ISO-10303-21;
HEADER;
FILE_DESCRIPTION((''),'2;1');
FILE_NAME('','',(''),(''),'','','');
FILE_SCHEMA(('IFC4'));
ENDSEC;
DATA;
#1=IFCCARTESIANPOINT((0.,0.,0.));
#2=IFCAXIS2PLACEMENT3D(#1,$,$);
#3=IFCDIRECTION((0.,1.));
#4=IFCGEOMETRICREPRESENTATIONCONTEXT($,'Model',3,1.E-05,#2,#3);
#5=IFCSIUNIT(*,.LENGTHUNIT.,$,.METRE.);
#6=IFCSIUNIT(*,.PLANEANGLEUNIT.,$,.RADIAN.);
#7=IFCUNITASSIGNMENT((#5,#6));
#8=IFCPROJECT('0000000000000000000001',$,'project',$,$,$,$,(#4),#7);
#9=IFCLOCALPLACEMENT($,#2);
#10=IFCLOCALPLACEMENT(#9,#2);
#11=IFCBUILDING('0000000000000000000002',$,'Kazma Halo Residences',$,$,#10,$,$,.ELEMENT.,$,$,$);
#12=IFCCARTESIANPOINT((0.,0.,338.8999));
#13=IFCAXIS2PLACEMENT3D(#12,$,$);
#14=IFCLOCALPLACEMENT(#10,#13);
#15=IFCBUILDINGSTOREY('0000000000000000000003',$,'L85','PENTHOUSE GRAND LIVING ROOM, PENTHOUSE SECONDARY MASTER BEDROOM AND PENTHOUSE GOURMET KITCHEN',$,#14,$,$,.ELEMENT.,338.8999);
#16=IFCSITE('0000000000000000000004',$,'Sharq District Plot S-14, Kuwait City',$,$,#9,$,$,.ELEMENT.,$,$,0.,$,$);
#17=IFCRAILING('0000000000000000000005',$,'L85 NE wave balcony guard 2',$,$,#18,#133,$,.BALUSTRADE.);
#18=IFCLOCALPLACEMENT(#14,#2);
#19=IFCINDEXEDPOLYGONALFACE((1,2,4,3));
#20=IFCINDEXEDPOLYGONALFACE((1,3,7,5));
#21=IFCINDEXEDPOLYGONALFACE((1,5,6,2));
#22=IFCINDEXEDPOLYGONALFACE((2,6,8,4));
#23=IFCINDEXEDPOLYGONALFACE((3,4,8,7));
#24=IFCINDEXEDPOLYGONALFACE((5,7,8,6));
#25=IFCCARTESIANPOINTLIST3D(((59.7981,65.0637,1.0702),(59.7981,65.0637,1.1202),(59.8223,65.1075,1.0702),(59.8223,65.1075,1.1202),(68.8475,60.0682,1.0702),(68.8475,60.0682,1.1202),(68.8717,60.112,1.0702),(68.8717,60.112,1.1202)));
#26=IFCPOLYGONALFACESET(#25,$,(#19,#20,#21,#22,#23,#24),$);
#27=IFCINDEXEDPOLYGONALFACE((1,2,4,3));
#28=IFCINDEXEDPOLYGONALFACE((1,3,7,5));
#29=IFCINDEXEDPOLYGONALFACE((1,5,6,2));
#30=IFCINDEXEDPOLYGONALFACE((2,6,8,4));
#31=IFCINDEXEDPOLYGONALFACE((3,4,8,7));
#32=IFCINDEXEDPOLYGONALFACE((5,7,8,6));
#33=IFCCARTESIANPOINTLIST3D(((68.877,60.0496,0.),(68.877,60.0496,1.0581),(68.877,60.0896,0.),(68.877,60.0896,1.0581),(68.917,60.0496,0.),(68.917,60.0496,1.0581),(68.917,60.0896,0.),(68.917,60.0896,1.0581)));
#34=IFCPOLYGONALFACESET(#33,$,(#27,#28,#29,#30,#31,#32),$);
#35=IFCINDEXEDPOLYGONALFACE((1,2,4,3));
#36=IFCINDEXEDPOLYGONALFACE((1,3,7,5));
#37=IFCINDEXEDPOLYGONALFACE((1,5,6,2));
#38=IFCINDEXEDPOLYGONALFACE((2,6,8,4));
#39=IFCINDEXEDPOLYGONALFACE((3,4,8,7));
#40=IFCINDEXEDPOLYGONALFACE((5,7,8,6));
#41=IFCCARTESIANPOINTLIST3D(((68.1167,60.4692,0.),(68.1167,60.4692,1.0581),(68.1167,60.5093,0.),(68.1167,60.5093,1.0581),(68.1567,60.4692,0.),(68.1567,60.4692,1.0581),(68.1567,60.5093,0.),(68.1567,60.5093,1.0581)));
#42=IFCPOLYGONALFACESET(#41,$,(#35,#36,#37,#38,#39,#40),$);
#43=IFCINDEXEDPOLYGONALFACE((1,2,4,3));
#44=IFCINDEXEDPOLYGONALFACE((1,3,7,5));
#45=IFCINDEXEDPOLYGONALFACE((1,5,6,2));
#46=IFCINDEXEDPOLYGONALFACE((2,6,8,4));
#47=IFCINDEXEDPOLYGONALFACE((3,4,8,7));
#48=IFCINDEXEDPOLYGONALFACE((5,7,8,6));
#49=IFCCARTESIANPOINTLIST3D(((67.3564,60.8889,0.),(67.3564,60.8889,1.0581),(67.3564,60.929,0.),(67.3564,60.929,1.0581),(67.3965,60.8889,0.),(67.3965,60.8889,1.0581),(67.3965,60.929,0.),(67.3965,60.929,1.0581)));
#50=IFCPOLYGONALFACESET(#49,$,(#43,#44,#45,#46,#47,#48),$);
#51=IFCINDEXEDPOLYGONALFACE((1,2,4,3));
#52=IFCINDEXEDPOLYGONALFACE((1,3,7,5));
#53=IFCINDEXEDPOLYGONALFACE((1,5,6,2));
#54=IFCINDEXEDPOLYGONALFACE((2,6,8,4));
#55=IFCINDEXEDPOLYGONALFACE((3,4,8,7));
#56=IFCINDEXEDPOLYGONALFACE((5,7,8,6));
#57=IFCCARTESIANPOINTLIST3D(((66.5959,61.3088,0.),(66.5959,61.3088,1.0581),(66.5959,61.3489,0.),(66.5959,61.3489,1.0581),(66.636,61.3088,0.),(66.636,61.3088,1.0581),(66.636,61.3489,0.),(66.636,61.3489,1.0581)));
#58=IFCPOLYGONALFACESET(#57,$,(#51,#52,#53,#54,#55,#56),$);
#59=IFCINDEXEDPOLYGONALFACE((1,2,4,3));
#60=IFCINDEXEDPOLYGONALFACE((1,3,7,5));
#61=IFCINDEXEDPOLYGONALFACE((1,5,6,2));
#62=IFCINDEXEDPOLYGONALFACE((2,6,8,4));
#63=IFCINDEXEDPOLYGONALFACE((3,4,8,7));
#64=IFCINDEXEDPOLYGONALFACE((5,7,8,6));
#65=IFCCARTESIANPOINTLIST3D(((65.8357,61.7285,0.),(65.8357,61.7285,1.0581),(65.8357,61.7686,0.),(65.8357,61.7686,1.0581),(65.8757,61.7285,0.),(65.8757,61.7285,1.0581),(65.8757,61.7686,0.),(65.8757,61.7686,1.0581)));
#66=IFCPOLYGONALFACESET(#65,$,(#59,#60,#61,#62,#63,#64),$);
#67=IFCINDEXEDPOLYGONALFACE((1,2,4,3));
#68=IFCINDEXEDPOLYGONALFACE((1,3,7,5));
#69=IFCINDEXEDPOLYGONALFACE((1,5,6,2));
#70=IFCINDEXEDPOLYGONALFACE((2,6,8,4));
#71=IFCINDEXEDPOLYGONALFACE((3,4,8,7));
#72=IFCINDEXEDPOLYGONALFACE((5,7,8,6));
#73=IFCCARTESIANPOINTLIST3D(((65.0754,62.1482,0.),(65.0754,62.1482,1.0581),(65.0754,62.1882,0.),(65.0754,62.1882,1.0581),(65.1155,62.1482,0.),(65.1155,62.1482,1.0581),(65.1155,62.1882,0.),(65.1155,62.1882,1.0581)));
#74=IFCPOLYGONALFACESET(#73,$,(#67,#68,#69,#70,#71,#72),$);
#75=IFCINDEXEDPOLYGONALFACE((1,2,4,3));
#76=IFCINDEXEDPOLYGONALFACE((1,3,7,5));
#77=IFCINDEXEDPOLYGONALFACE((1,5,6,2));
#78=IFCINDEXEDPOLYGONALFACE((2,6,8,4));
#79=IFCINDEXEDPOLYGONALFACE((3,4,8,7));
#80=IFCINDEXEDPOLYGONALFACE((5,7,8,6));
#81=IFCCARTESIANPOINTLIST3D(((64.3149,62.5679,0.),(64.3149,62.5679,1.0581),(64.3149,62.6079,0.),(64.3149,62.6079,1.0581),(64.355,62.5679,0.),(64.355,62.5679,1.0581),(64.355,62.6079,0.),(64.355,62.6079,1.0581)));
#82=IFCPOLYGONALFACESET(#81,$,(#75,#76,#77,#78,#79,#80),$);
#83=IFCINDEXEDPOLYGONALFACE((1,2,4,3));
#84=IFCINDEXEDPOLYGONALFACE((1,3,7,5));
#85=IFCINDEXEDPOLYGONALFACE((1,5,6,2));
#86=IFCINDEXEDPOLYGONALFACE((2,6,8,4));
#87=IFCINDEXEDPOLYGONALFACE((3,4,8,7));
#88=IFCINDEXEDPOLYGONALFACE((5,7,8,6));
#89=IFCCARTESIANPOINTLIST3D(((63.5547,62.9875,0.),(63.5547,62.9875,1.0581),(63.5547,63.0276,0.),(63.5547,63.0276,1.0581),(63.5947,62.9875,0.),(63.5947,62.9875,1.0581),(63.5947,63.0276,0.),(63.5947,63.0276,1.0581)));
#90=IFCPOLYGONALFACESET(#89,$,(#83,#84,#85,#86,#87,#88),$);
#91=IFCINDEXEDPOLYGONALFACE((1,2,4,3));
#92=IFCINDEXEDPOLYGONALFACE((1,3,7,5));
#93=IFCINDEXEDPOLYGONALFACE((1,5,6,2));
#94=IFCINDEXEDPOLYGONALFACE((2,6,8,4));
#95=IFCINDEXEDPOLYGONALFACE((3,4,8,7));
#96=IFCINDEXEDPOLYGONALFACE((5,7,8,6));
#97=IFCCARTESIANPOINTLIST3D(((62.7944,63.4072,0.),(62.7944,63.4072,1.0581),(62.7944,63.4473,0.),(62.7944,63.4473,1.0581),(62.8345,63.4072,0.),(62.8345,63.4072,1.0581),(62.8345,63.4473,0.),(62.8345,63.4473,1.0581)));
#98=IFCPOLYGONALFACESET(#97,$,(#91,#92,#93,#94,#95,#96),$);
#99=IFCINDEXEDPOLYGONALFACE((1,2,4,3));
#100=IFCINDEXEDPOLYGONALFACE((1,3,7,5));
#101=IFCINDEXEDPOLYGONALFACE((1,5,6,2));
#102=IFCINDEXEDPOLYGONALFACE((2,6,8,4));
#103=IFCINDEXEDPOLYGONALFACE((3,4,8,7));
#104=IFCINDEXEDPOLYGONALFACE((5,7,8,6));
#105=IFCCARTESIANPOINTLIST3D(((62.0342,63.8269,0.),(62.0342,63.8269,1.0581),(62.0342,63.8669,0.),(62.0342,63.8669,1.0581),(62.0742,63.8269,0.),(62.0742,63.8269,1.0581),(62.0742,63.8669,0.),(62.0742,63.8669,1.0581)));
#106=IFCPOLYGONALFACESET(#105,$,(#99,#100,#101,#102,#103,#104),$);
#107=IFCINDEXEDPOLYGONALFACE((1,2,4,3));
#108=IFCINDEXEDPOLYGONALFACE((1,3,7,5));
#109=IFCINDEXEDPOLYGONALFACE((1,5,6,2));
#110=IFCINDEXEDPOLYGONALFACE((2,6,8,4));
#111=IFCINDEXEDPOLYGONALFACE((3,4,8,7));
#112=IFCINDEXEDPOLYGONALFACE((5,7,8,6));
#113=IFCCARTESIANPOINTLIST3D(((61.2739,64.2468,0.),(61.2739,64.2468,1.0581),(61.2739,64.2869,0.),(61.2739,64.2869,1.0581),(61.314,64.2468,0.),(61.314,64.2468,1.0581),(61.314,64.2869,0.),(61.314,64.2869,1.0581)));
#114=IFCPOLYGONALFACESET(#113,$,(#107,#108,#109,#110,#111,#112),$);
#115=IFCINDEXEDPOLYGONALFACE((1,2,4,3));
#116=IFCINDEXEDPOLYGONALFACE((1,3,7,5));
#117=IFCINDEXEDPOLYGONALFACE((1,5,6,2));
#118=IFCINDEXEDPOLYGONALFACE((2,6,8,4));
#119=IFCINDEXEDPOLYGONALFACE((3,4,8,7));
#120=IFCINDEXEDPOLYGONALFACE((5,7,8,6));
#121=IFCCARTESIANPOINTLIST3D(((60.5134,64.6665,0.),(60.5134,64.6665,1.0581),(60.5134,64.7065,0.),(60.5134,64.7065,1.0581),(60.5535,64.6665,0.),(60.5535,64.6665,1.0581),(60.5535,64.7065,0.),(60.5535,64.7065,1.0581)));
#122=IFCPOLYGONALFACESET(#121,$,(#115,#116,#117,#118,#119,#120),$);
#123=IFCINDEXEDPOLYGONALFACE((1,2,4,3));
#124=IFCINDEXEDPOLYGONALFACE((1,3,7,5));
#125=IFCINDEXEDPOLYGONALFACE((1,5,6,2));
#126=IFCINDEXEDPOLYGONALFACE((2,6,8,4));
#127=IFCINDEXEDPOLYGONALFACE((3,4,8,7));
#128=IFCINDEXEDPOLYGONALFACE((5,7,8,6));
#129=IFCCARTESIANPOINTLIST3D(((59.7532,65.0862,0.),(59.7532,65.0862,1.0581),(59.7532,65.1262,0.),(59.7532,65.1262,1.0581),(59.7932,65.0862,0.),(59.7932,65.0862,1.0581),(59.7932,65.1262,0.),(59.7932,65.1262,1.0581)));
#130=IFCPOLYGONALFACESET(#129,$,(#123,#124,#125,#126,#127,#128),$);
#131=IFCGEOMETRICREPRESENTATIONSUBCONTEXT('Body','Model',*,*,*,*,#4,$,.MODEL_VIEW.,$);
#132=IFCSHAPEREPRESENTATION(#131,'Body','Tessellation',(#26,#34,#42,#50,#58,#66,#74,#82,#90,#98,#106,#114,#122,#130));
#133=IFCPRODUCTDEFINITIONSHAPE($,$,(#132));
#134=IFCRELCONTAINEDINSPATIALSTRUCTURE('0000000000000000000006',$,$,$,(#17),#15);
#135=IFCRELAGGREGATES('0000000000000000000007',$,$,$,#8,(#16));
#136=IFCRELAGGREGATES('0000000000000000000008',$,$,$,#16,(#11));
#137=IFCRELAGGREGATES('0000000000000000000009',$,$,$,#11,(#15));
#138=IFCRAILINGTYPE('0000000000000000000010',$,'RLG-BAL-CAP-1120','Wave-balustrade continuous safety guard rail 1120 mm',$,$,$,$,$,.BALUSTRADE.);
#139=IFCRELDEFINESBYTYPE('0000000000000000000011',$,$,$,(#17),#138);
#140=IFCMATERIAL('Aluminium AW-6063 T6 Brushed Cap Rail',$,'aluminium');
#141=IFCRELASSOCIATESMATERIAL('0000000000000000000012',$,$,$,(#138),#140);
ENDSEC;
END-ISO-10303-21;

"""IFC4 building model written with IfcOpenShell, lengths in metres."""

from ifc_helpers import new_model, si_unit, direction, frame, origin, origin_2d, place, context, subcontext, project, spatial, rectangle, extrude, material, type_object, element, save


model = new_model("IFC4")

# Units and contexts
model_context = context("Model", 3, precision=1e-05, world=origin(), true_north=direction((0.0, 1.0)))
body_context = subcontext(model_context, "Body", "Model", "MODEL_VIEW")
ifc_project = project(units=[si_unit("LENGTHUNIT", "METRE"), si_unit("PLANEANGLEUNIT", "RADIAN")], contexts=[model_context])

# Site, building, storey
site_placement = place(None, origin())
site = spatial("IfcSite", under=ifc_project, at=site_placement, Name="Sharq District Plot S-14, Kuwait City", CompositionType="ELEMENT", RefElevation=0.0)
building_placement = place(site_placement, origin())
building = spatial("IfcBuilding", under=site, at=building_placement, Name="Kazma Halo Residences", CompositionType="ELEMENT")
storey_placement = place(building_placement, frame((0.0, 0.0, 338.8999)))
storey = spatial("IfcBuildingStorey", under=building, at=storey_placement, Name="L85", Description="PENTHOUSE GRAND LIVING ROOM, PENTHOUSE SECONDARY MASTER BEDROOM AND PENTHOUSE GOURMET KITCHEN", CompositionType="ELEMENT", Elevation=338.8999)

# Railing
ifc_material_1 = material(Name="Aluminium AW-6063 T6 Brushed Cap Rail", Category="aluminium")
railing_type = type_object("IfcRailingType", Name="RLG-BAL-CAP-1120", Description="Wave-balustrade continuous safety guard rail 1120 mm", PredefinedType="BALUSTRADE", material=ifc_material_1)
railing_1_placement = place(storey_placement, frame((68.897, 60.0696, 0.0)))
element("IfcRailing", 1, at=railing_1_placement, inside=storey, type_object=railing_type, Name="L85 NE wave balcony guard 2", PredefinedType="BALUSTRADE", context=body_context, shape_type="SweptSolid", body=[
    extrude(rectangle(XDim=0.05, YDim=0.05, at=origin_2d()), frame((-0.0374, 0.0205, 1.0952), z_axis=(-0.875464, 0.483284, 0.0), x_axis=(-0.483284, -0.875464, 0.0)), (0.0, 0.0, 1.0), 10.3367),
    extrude(rectangle(XDim=0.04, YDim=0.04, at=origin_2d()), origin(), (0.0, 0.0, 1.0), 1.0581),
    extrude(rectangle(XDim=0.04, YDim=0.04, at=origin_2d()), frame((-0.7603, 0.4197, 0.0)), (0.0, 0.0, 1.0), 1.0581),
    extrude(rectangle(XDim=0.04, YDim=0.04, at=origin_2d()), frame((-1.5205, 0.8394, 0.0)), (0.0, 0.0, 1.0), 1.0581),
    extrude(rectangle(XDim=0.04, YDim=0.04, at=origin_2d()), frame((-2.281, 1.2593, 0.0)), (0.0, 0.0, 1.0), 1.0581),
    extrude(rectangle(XDim=0.04, YDim=0.04, at=origin_2d()), frame((-3.0413, 1.679, 0.0)), (0.0, 0.0, 1.0), 1.0581),
    extrude(rectangle(XDim=0.04, YDim=0.04, at=origin_2d()), frame((-3.8015, 2.0986, 0.0)), (0.0, 0.0, 1.0), 1.0581),
    extrude(rectangle(XDim=0.04, YDim=0.04, at=origin_2d()), frame((-4.562, 2.5183, 0.0)), (0.0, 0.0, 1.0), 1.0581),
    extrude(rectangle(XDim=0.04, YDim=0.04, at=origin_2d()), frame((-5.3223, 2.938, 0.0)), (0.0, 0.0, 1.0), 1.0581),
    extrude(rectangle(XDim=0.04, YDim=0.04, at=origin_2d()), frame((-6.0825, 3.3577, 0.0)), (0.0, 0.0, 1.0), 1.0581),
    extrude(rectangle(XDim=0.04, YDim=0.04, at=origin_2d()), frame((-6.8428, 3.7773, 0.0)), (0.0, 0.0, 1.0), 1.0581),
    extrude(rectangle(XDim=0.04, YDim=0.04, at=origin_2d()), frame((-7.603, 4.1973, 0.0)), (0.0, 0.0, 1.0), 1.0581),
    extrude(rectangle(XDim=0.04, YDim=0.04, at=origin_2d()), frame((-8.3635, 4.6169, 0.0)), (0.0, 0.0, 1.0), 1.0581),
    extrude(rectangle(XDim=0.04, YDim=0.04, at=origin_2d()), frame((-9.1238, 5.0366, 0.0)), (0.0, 0.0, 1.0), 1.0581),
])

save(model, "model.ifc")
